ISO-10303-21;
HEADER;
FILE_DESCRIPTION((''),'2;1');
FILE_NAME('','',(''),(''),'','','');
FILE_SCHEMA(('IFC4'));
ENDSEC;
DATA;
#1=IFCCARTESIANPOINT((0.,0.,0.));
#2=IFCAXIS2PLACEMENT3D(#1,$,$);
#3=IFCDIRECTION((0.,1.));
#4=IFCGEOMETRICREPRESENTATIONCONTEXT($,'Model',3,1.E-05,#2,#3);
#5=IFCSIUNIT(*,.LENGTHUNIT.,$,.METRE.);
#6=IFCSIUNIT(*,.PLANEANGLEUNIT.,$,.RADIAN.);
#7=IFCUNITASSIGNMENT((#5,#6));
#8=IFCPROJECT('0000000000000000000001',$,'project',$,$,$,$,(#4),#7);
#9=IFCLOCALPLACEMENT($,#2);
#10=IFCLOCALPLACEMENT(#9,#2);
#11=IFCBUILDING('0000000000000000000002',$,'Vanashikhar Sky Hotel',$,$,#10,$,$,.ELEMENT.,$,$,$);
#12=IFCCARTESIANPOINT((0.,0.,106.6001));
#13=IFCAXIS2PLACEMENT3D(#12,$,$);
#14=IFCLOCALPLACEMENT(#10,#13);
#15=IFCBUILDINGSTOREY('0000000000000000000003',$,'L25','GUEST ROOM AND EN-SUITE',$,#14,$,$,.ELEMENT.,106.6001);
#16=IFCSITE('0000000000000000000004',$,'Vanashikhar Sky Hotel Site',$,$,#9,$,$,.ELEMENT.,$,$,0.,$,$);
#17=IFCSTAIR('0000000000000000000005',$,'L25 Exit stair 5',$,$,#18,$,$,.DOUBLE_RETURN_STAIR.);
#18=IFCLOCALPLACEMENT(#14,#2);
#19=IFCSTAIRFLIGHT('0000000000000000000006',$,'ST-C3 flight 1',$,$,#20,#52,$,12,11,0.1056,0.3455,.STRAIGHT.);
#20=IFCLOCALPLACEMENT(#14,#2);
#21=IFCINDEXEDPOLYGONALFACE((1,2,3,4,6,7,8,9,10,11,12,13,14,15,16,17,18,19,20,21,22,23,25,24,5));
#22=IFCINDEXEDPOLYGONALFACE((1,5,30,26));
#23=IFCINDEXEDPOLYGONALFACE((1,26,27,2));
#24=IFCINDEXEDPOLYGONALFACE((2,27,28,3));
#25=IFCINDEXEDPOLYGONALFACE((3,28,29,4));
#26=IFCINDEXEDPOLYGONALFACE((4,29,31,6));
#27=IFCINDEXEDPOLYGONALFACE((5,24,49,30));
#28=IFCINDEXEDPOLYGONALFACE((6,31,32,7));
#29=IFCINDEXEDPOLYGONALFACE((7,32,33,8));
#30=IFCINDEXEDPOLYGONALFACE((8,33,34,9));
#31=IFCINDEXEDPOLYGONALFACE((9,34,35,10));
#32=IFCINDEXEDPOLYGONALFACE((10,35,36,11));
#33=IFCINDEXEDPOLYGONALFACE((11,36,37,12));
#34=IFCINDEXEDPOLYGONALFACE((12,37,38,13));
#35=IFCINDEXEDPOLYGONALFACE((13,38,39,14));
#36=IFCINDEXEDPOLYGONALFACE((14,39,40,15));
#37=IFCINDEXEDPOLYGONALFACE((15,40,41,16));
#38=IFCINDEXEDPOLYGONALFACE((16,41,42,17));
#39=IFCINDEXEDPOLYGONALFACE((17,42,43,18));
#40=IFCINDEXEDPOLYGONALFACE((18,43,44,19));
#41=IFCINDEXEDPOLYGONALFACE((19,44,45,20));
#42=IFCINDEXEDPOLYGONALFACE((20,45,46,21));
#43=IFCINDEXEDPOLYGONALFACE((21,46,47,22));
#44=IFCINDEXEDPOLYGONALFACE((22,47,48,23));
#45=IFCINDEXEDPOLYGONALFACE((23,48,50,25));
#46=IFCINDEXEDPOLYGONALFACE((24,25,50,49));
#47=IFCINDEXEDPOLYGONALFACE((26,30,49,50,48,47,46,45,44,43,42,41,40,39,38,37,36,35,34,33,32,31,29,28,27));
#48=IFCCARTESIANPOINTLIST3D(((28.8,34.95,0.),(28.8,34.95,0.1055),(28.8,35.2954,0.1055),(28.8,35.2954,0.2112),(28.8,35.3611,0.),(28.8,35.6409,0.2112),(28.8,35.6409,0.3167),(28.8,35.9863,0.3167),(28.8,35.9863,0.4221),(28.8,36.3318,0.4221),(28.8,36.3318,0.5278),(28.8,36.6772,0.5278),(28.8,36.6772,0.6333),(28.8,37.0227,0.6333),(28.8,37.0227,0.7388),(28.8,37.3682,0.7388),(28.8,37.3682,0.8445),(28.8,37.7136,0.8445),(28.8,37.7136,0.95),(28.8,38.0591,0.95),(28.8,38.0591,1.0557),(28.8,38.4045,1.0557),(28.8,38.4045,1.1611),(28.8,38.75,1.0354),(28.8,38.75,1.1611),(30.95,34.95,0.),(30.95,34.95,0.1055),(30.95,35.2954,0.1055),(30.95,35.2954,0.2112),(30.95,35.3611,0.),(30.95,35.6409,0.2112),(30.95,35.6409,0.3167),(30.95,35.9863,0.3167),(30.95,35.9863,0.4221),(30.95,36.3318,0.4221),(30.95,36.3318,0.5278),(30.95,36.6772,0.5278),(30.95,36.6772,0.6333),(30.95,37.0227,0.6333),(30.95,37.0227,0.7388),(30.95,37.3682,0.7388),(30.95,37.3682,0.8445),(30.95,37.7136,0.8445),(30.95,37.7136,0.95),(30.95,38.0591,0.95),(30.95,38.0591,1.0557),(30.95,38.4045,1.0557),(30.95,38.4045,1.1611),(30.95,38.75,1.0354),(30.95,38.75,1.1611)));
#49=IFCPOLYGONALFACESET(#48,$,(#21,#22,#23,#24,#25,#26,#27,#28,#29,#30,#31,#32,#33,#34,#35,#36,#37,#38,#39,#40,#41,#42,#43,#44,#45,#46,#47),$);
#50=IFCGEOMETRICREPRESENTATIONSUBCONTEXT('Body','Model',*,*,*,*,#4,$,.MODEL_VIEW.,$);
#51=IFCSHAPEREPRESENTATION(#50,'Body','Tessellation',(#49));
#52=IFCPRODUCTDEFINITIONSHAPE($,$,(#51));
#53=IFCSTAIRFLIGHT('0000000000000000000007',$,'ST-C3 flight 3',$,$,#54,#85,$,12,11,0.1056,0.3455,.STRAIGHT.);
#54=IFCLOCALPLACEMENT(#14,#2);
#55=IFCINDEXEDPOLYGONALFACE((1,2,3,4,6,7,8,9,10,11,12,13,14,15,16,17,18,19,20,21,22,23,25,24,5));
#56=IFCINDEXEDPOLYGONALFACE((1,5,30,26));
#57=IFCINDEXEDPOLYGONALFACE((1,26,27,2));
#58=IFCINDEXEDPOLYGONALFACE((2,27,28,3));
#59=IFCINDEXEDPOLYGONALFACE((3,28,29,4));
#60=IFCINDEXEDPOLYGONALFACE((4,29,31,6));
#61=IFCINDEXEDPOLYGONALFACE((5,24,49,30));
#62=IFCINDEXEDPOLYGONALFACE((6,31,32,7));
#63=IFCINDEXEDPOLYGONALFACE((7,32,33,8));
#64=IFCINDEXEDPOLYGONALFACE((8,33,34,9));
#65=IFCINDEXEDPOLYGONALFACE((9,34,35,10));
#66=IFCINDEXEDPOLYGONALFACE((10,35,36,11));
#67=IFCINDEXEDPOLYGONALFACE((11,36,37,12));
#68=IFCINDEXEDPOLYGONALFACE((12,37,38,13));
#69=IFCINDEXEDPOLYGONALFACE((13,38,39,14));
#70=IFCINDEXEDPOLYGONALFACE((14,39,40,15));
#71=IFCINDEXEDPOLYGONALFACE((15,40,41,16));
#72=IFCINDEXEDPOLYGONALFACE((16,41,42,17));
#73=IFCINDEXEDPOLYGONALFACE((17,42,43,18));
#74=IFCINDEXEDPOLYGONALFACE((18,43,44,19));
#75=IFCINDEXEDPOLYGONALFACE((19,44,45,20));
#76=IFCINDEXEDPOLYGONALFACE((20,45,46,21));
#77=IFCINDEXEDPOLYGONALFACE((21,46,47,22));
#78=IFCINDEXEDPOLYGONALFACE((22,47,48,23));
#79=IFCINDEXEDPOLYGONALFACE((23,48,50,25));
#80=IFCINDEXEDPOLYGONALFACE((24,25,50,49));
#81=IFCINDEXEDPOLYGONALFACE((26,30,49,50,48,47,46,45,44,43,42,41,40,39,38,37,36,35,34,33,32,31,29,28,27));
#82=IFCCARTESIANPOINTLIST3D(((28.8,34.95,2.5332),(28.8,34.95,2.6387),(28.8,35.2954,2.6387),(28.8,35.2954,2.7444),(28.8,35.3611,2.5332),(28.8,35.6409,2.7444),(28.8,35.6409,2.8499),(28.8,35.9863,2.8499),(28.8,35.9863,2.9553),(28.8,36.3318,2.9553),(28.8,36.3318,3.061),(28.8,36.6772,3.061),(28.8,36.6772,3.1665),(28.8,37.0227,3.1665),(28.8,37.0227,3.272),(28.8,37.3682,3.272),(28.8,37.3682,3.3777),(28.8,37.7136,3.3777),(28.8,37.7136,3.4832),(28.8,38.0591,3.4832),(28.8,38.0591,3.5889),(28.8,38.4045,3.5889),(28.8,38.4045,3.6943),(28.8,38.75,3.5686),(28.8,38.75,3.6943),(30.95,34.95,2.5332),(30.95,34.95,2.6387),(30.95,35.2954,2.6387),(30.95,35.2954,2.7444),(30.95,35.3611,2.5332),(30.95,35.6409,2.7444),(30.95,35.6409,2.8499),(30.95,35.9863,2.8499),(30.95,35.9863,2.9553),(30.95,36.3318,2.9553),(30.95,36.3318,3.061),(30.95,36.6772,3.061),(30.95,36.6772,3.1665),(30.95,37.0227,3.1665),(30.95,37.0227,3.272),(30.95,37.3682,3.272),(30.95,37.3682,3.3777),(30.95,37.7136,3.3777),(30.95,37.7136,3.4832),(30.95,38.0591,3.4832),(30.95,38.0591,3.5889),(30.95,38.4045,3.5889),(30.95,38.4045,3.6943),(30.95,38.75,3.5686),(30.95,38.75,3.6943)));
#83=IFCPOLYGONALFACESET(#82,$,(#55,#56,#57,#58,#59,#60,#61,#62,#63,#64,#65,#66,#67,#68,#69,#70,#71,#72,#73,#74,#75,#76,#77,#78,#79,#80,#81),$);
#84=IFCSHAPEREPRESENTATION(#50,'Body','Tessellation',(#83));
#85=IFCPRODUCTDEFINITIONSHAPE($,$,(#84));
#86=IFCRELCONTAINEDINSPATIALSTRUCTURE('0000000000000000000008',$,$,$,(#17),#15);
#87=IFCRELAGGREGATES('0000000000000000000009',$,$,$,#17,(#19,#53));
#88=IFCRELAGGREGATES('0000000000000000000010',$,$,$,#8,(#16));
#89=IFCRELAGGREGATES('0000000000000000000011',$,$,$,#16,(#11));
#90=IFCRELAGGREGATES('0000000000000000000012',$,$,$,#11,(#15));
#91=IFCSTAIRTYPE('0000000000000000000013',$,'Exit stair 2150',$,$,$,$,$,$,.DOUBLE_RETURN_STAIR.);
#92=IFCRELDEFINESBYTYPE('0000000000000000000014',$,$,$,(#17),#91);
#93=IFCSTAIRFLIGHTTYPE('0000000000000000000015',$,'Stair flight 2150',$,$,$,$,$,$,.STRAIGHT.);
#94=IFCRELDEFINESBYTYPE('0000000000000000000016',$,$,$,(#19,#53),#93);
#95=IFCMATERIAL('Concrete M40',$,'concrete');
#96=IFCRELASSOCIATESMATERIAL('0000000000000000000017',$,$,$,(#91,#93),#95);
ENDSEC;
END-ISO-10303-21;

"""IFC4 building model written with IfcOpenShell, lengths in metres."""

from ifc_helpers import new_model, si_unit, direction, frame, origin, place, context, subcontext, project, spatial, polyline, outline, extrude, source, transform, mapped, material, type_object, element, aggregate, save


model = new_model("IFC4")

# Units and contexts
model_context = context("Model", 3, precision=1e-05, world=origin(), true_north=direction((0.0, 1.0)))
body_context = subcontext(model_context, "Body", "Model", "MODEL_VIEW")
ifc_project = project(units=[si_unit("LENGTHUNIT", "METRE"), si_unit("PLANEANGLEUNIT", "RADIAN")], contexts=[model_context])

# Site, building, storey
site_placement = place(None, origin())
site = spatial("IfcSite", under=ifc_project, at=site_placement, Name="Vanashikhar Sky Hotel Site", CompositionType="ELEMENT", RefElevation=0.0)
building_placement = place(site_placement, origin())
building = spatial("IfcBuilding", under=site, at=building_placement, Name="Vanashikhar Sky Hotel", CompositionType="ELEMENT")
storey_placement = place(building_placement, frame((0.0, 0.0, 106.6001)))
storey = spatial("IfcBuildingStorey", under=building, at=storey_placement, Name="L25", Description="GUEST ROOM AND EN-SUITE", CompositionType="ELEMENT", Elevation=106.6001)

# Shared definitions
ifc_material_1 = material(Name="Concrete M40", Category="concrete")

# Stair, stair flights
stair_type = type_object("IfcStairType", Name="Exit stair 2150", PredefinedType="DOUBLE_RETURN_STAIR", material=ifc_material_1)
stair_placement = place(storey_placement, origin())
stair = element("IfcStair", 1, at=stair_placement, inside=storey, type_object=stair_type, Name="L25 Exit stair 5", PredefinedType="DOUBLE_RETURN_STAIR")
stair_flight_type = type_object("IfcStairFlightType", Name="Stair flight 2150", PredefinedType="STRAIGHT", material=ifc_material_1)
shared_shape_1 = source(origin(), body_context, "Body", "SweptSolid", [
    extrude(outline(polyline([(0.0, 0.0), (0.0, 0.1055), (0.3455, 0.1055), (0.3455, 0.2112), (0.6909, 0.2112), (0.6909, 0.3167), (1.0364, 0.3167), (1.0364, 0.4221), (1.3818, 0.4221), (1.3818, 0.5278), (1.7273, 0.5278), (1.7273, 0.6333), (2.0728, 0.6333), (2.0728, 0.7388), (2.4182, 0.7388), (2.4182, 0.8445), (2.7637, 0.8445), (2.7637, 0.95), (3.1091, 0.95), (3.1091, 1.0557), (3.4546, 1.0557), (3.4546, 1.1611), (3.8, 1.1611), (3.8, 1.2666), (3.8, 1.0354), (0.4111, 0.0), (0.0, 0.0)])), frame((0.0, 1.075, 0.0), z_axis=(0.0, -1.0, 0.0), x_axis=(1.0, 0.0, 0.0)), (0.0, 0.0, 1.0), 2.1499),
])
stair_flight_1_placement = place(storey_placement, frame((29.875, 34.95, 0.0), z_axis=(0.0, 0.0, 1.0), x_axis=(0.0, 1.0, 0.0)))
stair_flight_1 = element("IfcStairFlight", 2, at=stair_flight_1_placement, type_object=stair_flight_type, Name="ST-C3 flight 1", NumberOfRisers=12, NumberOfTreads=11, PredefinedType="STRAIGHT", RiserHeight=0.1056, TreadLength=0.3455, context=body_context, shape_type="MappedRepresentation", body=[
    mapped(shared_shape_1, transform((0.0, 0.0, 0.0), scale=1.0)),
])
stair_flight_2_placement = place(storey_placement, frame((29.875, 34.95, 2.5332), z_axis=(0.0, 0.0, 1.0), x_axis=(0.0, 1.0, 0.0)))
stair_flight_2 = element("IfcStairFlight", 3, at=stair_flight_2_placement, type_object=stair_flight_type, Name="ST-C3 flight 3", NumberOfRisers=12, NumberOfTreads=11, PredefinedType="STRAIGHT", RiserHeight=0.1056, TreadLength=0.3455, context=body_context, shape_type="MappedRepresentation", body=[
    mapped(shared_shape_1, transform((0.0, 0.0, 0.0), scale=1.0)),
])
aggregate(stair, [stair_flight_1, stair_flight_2])

save(model, "model.ifc")
